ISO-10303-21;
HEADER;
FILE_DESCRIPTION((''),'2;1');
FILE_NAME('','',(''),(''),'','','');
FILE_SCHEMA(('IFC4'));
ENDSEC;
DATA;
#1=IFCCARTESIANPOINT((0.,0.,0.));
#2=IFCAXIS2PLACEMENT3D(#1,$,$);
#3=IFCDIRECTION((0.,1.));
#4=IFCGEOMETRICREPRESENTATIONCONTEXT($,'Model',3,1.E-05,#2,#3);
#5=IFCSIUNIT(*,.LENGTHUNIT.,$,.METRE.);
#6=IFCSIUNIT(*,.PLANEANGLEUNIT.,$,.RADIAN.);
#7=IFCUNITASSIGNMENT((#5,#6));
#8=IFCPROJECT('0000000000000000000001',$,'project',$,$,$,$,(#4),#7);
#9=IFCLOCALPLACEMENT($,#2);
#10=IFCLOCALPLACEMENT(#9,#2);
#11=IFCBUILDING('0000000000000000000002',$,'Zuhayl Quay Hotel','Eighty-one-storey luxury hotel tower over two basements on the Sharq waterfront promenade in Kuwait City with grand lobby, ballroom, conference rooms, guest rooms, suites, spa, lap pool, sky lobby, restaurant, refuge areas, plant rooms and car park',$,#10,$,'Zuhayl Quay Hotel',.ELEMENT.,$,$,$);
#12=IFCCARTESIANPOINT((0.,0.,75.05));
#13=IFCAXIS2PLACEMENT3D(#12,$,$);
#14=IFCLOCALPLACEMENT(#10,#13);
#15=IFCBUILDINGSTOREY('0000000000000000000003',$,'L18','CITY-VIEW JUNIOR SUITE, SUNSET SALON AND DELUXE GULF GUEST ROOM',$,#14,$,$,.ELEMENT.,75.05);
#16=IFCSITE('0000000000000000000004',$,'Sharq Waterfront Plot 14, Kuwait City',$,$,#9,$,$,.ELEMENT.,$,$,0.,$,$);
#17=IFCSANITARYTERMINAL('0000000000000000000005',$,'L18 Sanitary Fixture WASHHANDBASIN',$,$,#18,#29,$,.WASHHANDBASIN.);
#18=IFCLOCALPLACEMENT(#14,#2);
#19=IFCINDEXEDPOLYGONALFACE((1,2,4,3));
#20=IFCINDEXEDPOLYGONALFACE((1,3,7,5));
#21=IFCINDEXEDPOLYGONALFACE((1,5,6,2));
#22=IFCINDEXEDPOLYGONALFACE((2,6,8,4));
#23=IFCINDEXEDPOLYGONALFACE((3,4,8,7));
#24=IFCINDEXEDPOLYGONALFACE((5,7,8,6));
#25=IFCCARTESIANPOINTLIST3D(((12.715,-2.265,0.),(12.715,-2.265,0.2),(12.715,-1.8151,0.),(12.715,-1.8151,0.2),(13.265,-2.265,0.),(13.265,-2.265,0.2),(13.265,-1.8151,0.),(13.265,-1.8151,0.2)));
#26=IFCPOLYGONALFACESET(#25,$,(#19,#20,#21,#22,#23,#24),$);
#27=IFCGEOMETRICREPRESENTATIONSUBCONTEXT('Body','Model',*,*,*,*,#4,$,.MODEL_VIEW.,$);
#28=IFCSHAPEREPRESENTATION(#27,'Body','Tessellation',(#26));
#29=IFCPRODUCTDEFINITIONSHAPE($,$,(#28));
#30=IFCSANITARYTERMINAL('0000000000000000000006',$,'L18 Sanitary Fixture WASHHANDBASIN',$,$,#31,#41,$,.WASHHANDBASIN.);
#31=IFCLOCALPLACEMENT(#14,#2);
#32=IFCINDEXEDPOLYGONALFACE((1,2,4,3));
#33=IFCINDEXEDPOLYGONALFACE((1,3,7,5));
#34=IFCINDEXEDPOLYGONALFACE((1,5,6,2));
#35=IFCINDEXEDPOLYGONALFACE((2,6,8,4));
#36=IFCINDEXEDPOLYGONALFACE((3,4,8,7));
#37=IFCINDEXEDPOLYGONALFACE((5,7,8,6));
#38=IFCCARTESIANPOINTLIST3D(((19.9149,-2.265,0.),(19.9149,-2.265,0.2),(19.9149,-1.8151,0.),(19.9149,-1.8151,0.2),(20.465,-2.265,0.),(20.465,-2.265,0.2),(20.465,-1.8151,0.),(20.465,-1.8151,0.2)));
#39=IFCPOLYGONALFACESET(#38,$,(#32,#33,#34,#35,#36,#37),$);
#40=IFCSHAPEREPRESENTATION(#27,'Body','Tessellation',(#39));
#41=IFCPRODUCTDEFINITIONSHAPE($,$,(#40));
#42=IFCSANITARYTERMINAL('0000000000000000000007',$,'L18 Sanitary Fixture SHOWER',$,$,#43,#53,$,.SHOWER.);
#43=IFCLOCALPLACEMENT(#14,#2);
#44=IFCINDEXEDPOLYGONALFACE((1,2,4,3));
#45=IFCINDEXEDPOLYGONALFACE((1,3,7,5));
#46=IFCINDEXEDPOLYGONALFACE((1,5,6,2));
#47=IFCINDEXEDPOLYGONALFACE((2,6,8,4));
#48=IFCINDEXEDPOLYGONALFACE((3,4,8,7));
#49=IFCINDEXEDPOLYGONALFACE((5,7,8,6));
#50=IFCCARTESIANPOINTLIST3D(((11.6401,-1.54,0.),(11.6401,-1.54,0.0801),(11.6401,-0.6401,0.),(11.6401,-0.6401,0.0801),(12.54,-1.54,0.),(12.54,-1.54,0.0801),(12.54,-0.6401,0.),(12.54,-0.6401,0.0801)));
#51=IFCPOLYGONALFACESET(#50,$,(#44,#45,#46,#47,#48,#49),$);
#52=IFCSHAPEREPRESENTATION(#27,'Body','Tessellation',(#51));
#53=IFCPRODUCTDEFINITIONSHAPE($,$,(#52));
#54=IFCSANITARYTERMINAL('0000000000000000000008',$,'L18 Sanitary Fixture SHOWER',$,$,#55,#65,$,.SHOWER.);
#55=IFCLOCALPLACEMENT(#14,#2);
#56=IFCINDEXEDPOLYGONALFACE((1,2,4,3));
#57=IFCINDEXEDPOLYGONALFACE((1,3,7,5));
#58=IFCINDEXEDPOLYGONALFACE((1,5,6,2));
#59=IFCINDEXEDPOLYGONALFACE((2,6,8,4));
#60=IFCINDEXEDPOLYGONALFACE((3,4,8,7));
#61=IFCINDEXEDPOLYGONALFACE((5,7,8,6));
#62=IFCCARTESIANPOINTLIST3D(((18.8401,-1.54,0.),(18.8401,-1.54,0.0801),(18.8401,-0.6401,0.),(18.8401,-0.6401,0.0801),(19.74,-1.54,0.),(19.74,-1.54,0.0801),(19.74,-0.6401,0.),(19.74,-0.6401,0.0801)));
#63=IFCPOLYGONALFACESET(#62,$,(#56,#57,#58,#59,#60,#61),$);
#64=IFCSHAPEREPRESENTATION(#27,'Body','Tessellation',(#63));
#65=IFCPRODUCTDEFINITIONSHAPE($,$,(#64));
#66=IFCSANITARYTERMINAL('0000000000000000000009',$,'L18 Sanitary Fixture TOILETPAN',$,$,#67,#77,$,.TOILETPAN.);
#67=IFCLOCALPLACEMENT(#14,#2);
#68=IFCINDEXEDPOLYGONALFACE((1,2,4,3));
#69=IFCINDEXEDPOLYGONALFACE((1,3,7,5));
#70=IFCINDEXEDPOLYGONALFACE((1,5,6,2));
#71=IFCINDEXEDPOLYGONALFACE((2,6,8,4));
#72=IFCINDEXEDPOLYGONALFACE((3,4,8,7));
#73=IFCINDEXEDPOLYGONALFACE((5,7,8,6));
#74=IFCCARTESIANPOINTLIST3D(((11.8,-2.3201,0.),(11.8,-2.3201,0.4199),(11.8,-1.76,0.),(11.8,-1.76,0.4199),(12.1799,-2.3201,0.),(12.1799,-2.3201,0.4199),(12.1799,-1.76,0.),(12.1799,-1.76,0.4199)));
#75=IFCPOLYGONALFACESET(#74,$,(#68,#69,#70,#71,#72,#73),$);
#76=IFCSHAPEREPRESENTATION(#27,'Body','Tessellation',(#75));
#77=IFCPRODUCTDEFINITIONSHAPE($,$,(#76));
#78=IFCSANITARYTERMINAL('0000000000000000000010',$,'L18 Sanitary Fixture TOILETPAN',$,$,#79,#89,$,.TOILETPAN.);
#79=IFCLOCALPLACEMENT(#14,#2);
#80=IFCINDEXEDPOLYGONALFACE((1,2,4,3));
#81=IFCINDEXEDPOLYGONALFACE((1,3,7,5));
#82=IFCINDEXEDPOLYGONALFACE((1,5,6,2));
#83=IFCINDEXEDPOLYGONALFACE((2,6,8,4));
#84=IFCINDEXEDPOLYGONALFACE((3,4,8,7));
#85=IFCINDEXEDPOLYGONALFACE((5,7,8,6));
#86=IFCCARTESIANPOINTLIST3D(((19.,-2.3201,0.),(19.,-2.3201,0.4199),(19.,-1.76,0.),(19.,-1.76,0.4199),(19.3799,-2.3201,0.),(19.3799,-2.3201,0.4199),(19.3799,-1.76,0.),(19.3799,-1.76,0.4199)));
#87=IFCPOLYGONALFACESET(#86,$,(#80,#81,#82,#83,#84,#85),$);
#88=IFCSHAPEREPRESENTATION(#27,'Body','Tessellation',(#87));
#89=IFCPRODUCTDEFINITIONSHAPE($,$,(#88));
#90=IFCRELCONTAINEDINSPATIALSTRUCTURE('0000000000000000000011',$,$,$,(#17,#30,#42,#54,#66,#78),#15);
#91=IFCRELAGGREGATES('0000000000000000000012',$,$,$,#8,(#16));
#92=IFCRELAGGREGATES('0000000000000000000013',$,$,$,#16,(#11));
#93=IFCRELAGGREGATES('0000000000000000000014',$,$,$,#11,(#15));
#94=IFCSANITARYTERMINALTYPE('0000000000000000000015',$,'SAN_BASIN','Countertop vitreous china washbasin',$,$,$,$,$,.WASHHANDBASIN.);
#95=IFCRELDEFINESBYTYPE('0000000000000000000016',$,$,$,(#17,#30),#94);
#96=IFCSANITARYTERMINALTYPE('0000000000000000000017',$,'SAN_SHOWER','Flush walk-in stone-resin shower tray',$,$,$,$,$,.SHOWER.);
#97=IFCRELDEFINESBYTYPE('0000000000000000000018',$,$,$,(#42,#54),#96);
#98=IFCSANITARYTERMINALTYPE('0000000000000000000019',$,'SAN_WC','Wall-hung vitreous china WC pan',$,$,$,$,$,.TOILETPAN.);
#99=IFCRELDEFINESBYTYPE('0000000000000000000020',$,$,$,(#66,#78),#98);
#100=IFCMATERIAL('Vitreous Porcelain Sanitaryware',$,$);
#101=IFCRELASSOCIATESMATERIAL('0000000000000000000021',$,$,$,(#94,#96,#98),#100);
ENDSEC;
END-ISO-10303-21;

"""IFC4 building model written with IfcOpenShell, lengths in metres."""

from ifc_helpers import new_model, si_unit, direction, frame, origin, origin_2d, place, context, subcontext, project, spatial, rectangle, extrude, material, type_object, element, save


model = new_model("IFC4")

# Units and contexts
model_context = context("Model", 3, precision=1e-05, world=origin(), true_north=direction((0.0, 1.0)))
body_context = subcontext(model_context, "Body", "Model", "MODEL_VIEW")
ifc_project = project(units=[si_unit("LENGTHUNIT", "METRE"), si_unit("PLANEANGLEUNIT", "RADIAN")], contexts=[model_context])

# Site, building, storey
site_placement = place(None, origin())
site = spatial("IfcSite", under=ifc_project, at=site_placement, Name="Sharq Waterfront Plot 14, Kuwait City", CompositionType="ELEMENT", RefElevation=0.0)
building_placement = place(site_placement, origin())
building = spatial("IfcBuilding", under=site, at=building_placement, Name="Zuhayl Quay Hotel", Description="Eighty-one-storey luxury hotel tower over two basements on the Sharq waterfront promenade in Kuwait City with grand lobby, ballroom, conference rooms, guest rooms, suites, spa, lap pool, sky lobby, restaurant, refuge areas, plant rooms and car park", LongName="Zuhayl Quay Hotel", CompositionType="ELEMENT")
storey_placement = place(building_placement, frame((0.0, 0.0, 75.05)))
storey = spatial("IfcBuildingStorey", under=building, at=storey_placement, Name="L18", Description="CITY-VIEW JUNIOR SUITE, SUNSET SALON AND DELUXE GULF GUEST ROOM", CompositionType="ELEMENT", Elevation=75.05)

# Sanitary terminals
ifc_material_1 = material(Name="Vitreous Porcelain Sanitaryware")
sanitary_terminal_type_1 = type_object("IfcSanitaryTerminalType", Name="SAN_BASIN", Description="Countertop vitreous china washbasin", PredefinedType="WASHHANDBASIN", material=ifc_material_1)
for number, where, z_axis, x_axis, name in (
    (1, (12.99, -2.04, 0.0), (0.0, 0.0, 1.0), (1.0, 0.0, 0.0), "L18 Sanitary Fixture WASHHANDBASIN"),
    (2, (20.1899, -2.04, 0.0), (0.0, 0.0, 1.0), (1.0, 0.0, 0.0), "L18 Sanitary Fixture WASHHANDBASIN"),
):
    element("IfcSanitaryTerminal", number, at=place(storey_placement, frame(where, z_axis=z_axis, x_axis=x_axis)), inside=storey, type_object=sanitary_terminal_type_1, Name=name, PredefinedType="WASHHANDBASIN", context=body_context, shape_type="SweptSolid", body=[
        extrude(rectangle(XDim=0.55, YDim=0.45, at=origin_2d()), origin(), (0.0, 0.0, 1.0), 0.2),
    ])
sanitary_terminal_type_2 = type_object("IfcSanitaryTerminalType", Name="SAN_SHOWER", Description="Flush walk-in stone-resin shower tray", PredefinedType="SHOWER", material=ifc_material_1)
for number, where, z_axis, x_axis, name in (
    (3, (12.0901, -1.0901, 0.0), (0.0, 0.0, 1.0), (1.0, 0.0, 0.0), "L18 Sanitary Fixture SHOWER"),
    (4, (19.29, -1.0901, 0.0), (0.0, 0.0, 1.0), (1.0, 0.0, 0.0), "L18 Sanitary Fixture SHOWER"),
):
    element("IfcSanitaryTerminal", number, at=place(storey_placement, frame(where, z_axis=z_axis, x_axis=x_axis)), inside=storey, type_object=sanitary_terminal_type_2, Name=name, PredefinedType="SHOWER", context=body_context, shape_type="SweptSolid", body=[
        extrude(rectangle(XDim=0.8999, YDim=0.8999, at=origin_2d()), origin(), (0.0, 0.0, 1.0), 0.0801),
    ])
sanitary_terminal_type_3 = type_object("IfcSanitaryTerminalType", Name="SAN_WC", Description="Wall-hung vitreous china WC pan", PredefinedType="TOILETPAN", material=ifc_material_1)
for number, where, z_axis, x_axis, name in (
    (5, (11.99, -2.04, 0.0), (0.0, 0.0, 1.0), (1.0, 0.0, 0.0), "L18 Sanitary Fixture TOILETPAN"),
    (6, (19.1899, -2.04, 0.0), (0.0, 0.0, 1.0), (1.0, 0.0, 0.0), "L18 Sanitary Fixture TOILETPAN"),
):
    element("IfcSanitaryTerminal", number, at=place(storey_placement, frame(where, z_axis=z_axis, x_axis=x_axis)), inside=storey, type_object=sanitary_terminal_type_3, Name=name, PredefinedType="TOILETPAN", context=body_context, shape_type="SweptSolid", body=[
        extrude(rectangle(XDim=0.3799, YDim=0.5601, at=origin_2d()), origin(), (0.0, 0.0, 1.0), 0.4199),
    ])

save(model, "model.ifc")
